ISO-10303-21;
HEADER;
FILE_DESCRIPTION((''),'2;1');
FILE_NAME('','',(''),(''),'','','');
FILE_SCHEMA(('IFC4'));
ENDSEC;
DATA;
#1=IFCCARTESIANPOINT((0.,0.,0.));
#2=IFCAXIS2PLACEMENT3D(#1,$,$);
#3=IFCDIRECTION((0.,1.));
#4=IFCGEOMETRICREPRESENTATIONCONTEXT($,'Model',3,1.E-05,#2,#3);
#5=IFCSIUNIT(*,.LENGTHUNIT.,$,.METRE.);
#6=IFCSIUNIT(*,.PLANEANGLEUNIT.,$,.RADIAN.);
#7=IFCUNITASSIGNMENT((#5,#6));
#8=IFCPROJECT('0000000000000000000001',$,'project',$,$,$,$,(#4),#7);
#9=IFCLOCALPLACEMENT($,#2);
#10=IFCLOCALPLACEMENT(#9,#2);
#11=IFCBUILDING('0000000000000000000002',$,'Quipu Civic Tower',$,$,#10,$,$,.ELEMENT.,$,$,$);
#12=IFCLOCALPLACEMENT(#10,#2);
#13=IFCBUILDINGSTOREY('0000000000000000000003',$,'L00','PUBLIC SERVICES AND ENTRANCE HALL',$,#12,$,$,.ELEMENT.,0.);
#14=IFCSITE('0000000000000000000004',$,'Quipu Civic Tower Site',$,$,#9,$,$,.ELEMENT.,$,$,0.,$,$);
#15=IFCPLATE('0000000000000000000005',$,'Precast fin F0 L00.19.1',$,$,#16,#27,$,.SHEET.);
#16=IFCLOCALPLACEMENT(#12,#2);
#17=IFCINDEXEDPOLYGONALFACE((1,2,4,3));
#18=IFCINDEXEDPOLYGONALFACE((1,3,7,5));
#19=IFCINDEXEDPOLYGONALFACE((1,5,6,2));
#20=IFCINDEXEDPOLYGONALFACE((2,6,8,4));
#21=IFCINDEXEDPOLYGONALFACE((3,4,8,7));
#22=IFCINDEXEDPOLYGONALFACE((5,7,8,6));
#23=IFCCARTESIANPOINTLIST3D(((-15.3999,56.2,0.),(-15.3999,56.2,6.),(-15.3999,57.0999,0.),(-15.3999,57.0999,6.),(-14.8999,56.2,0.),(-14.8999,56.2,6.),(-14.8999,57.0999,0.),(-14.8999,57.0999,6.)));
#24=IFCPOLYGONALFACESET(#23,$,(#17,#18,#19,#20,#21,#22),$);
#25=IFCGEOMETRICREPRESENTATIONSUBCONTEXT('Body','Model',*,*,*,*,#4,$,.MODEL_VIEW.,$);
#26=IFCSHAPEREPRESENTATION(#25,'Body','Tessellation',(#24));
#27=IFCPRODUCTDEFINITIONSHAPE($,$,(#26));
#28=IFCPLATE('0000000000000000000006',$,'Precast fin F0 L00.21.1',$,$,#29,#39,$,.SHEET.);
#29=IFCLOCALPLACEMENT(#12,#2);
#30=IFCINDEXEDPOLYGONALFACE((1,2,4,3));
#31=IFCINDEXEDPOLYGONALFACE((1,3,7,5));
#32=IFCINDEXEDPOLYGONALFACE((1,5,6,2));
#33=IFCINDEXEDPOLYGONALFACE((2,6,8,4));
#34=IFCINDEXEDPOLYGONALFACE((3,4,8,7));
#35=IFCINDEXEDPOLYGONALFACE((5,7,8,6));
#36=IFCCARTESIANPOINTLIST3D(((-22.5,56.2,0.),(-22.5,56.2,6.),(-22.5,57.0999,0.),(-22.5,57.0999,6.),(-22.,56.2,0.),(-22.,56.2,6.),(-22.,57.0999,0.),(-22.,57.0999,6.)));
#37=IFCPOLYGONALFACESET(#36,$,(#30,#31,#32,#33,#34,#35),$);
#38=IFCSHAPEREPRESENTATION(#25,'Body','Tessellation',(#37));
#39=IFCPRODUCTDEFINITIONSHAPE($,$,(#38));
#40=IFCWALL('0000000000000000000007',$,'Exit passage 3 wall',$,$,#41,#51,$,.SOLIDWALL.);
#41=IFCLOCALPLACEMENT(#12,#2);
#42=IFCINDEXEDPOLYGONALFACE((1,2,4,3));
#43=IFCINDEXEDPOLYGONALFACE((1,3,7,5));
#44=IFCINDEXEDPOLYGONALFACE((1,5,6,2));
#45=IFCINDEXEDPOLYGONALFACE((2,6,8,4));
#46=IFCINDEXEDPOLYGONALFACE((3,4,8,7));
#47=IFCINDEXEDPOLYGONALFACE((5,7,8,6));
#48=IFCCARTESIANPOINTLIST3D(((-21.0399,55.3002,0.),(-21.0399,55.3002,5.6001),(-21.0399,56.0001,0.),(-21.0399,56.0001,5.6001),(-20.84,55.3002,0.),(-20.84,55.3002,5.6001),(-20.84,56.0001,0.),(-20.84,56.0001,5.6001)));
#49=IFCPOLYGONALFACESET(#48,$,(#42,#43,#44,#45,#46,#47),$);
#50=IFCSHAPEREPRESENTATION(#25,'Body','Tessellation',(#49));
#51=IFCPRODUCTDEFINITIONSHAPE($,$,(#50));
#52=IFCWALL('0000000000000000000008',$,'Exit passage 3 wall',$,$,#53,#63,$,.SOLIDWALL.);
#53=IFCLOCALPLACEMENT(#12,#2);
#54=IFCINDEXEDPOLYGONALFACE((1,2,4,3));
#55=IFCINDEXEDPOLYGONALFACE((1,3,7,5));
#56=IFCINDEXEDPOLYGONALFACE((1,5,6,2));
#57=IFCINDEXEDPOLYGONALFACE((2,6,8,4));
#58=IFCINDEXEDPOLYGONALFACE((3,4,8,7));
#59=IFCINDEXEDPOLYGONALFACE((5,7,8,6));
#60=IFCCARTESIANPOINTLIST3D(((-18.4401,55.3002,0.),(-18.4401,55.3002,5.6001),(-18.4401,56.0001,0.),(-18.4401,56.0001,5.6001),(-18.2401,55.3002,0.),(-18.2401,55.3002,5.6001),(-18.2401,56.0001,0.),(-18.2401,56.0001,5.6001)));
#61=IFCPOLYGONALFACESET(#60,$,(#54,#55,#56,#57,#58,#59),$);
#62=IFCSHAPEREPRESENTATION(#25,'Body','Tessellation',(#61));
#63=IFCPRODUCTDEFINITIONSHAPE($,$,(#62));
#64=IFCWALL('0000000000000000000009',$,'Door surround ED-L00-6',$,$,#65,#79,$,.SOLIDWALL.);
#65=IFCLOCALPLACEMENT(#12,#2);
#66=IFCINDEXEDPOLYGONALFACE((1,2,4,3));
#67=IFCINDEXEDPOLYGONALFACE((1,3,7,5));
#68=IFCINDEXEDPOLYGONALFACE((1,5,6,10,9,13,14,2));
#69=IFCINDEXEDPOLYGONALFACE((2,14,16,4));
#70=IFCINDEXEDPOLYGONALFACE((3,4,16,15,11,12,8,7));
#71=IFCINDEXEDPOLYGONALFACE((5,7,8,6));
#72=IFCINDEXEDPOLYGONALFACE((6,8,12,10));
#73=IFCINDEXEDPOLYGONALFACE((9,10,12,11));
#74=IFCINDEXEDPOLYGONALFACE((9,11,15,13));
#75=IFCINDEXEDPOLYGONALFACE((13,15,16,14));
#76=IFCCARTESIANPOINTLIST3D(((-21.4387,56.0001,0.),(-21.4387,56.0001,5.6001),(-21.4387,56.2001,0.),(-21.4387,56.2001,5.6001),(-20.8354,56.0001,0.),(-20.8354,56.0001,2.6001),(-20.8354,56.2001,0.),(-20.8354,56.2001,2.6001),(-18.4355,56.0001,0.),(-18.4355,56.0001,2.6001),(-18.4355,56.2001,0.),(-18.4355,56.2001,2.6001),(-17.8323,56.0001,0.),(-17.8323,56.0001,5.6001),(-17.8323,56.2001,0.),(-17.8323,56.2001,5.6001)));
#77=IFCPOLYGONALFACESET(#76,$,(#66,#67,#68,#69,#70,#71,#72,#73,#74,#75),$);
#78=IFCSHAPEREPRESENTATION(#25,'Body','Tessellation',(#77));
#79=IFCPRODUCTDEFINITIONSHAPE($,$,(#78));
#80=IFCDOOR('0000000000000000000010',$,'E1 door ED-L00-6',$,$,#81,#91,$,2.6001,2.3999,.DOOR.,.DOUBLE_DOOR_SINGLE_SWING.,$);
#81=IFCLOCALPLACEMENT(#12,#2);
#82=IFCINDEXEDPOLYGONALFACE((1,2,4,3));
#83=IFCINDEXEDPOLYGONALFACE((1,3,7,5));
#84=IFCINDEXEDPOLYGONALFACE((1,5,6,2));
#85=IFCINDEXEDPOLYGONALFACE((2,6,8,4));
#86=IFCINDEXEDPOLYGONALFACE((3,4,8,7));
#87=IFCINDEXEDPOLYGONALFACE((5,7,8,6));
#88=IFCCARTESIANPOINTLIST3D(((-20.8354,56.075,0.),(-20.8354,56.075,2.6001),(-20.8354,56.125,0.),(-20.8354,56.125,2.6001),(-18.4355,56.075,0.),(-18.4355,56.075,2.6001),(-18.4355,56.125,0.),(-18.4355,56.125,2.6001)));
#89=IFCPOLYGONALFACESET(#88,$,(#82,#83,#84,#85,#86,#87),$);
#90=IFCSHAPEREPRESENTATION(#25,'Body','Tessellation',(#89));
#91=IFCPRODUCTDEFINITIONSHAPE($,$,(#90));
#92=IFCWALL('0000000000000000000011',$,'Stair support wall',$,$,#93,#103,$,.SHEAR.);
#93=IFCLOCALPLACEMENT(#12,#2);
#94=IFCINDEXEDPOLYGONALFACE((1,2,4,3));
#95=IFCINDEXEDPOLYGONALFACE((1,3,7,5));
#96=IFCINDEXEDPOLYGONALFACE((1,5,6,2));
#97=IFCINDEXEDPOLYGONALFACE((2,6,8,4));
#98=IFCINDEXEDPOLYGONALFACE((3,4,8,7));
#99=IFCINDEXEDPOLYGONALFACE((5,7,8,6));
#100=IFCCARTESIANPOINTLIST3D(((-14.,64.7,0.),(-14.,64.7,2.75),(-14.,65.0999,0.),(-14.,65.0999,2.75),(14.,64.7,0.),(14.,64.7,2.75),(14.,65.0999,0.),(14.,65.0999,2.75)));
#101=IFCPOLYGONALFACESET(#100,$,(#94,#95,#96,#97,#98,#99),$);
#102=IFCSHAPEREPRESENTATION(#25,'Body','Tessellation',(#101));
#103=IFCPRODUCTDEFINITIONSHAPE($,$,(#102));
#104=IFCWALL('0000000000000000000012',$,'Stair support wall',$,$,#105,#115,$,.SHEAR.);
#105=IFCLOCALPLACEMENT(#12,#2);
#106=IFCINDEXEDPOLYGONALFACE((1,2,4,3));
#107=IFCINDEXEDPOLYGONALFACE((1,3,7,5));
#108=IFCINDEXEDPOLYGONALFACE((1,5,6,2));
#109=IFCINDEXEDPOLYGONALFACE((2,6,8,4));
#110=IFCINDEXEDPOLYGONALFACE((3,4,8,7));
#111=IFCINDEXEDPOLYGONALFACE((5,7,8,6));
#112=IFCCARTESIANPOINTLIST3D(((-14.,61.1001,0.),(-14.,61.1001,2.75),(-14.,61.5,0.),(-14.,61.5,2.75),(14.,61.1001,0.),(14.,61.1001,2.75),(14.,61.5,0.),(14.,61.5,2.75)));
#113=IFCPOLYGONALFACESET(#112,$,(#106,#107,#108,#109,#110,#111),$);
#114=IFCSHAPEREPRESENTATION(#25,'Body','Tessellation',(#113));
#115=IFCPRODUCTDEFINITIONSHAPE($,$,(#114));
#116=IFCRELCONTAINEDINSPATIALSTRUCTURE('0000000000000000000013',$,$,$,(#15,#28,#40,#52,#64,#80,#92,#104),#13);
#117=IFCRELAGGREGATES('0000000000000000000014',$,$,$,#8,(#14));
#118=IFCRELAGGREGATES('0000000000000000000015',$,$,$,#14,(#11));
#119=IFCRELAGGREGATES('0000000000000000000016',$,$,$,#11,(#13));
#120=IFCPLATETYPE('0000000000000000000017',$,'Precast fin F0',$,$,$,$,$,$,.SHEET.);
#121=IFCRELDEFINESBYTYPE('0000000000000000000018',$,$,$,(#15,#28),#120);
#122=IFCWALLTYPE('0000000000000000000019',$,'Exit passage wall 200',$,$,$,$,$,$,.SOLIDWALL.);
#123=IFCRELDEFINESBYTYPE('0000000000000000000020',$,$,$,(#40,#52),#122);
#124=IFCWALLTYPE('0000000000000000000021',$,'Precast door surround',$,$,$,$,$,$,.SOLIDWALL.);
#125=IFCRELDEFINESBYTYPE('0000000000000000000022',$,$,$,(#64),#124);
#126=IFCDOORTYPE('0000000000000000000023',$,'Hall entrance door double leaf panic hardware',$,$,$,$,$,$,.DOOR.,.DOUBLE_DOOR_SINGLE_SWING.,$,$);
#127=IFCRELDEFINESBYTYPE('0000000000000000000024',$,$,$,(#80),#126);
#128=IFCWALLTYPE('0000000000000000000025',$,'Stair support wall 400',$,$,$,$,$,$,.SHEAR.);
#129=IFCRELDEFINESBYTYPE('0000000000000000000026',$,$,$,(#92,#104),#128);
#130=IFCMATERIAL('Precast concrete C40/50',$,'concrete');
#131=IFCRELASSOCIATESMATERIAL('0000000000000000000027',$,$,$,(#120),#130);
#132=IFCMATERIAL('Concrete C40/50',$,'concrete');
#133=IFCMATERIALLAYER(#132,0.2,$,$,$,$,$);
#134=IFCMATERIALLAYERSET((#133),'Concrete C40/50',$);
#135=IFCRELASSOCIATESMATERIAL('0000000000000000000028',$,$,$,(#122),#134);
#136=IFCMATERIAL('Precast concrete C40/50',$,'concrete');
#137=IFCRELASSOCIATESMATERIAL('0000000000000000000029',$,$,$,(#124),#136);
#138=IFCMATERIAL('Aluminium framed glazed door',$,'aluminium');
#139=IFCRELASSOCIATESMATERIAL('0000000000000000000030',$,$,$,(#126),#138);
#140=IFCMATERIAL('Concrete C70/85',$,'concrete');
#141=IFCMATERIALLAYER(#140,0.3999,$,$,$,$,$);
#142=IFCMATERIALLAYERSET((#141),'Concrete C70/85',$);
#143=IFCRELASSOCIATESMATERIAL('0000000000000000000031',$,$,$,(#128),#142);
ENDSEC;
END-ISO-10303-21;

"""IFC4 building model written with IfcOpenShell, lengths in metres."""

from ifc_helpers import new_model, si_unit, direction, frame, frame_2d, origin, origin_2d, place, context, subcontext, project, spatial, rectangle, extrude, material, layer, layer_set, type_object, element, fill, save


model = new_model("IFC4")

# Units and contexts
model_context = context("Model", 3, precision=1e-05, world=origin(), true_north=direction((0.0, 1.0)))
body_context = subcontext(model_context, "Body", "Model", "MODEL_VIEW")
ifc_project = project(units=[si_unit("LENGTHUNIT", "METRE"), si_unit("PLANEANGLEUNIT", "RADIAN")], contexts=[model_context])

# Site, building, storey
site_placement = place(None, origin())
site = spatial("IfcSite", under=ifc_project, at=site_placement, Name="Quipu Civic Tower Site", CompositionType="ELEMENT", RefElevation=0.0)
building_placement = place(site_placement, origin())
building = spatial("IfcBuilding", under=site, at=building_placement, Name="Quipu Civic Tower", CompositionType="ELEMENT")
storey_placement = place(building_placement, origin())
storey = spatial("IfcBuildingStorey", under=building, at=storey_placement, Name="L00", Description="PUBLIC SERVICES AND ENTRANCE HALL", CompositionType="ELEMENT", Elevation=0.0)

# Plates
ifc_material_1 = material(Name="Precast concrete C40/50", Category="concrete")
plate_type_1 = type_object("IfcPlateType", Name="Precast fin F0", PredefinedType="SHEET", material=ifc_material_1)
for number, where, z_axis, x_axis, name in (
    (1, (-15.1499, 56.6499, 0.0), (0.0, 0.0, 1.0), (-1.0, 0.0, 0.0), "Precast fin F0 L00.19.1"),
    (2, (-22.25, 56.6499, 0.0), (0.0, 0.0, 1.0), (-1.0, 0.0, 0.0), "Precast fin F0 L00.21.1"),
):
    element("IfcPlate", number, at=place(storey_placement, frame(where, z_axis=z_axis, x_axis=x_axis)), inside=storey, type_object=plate_type_1, Name=name, PredefinedType="SHEET", context=body_context, shape_type="SweptSolid", body=[
        extrude(rectangle(XDim=0.5, YDim=0.8999, at=origin_2d()), origin(), (0.0, 0.0, 1.0), 6.0),
    ])

# Walls
ifc_material_2 = material(Name="Concrete C40/50", Category="concrete")
ifc_layer_1 = layer(ifc_material_2, 0.2)
ifc_layer_set_1 = layer_set([ifc_layer_1], Name="Concrete C40/50")
wall_type_1 = type_object("IfcWallType", Name="Exit passage wall 200", PredefinedType="SOLIDWALL", material=ifc_layer_set_1)
for number, where, z_axis, x_axis, name in (
    (3, (-20.9399, 55.3, 0.0), (0.0, 0.0, 1.0), (0.0, 1.0, 0.0), "Exit passage 3 wall"),
    (4, (-18.3401, 55.3, 0.0), (0.0, 0.0, 1.0), (0.0, 1.0, 0.0), "Exit passage 3 wall"),
):
    element("IfcWall", number, at=place(storey_placement, frame(where, z_axis=z_axis, x_axis=x_axis)), inside=storey, type_object=wall_type_1, Name=name, PredefinedType="SOLIDWALL", context=body_context, shape_type="SweptSolid", body=[
        extrude(rectangle(XDim=0.7, YDim=0.2, at=frame_2d((0.3501, 0.0))), origin(), (0.0, 0.0, 1.0), 5.6001),
    ])

# Wall, opening, door
ifc_material_3 = material(Name="Precast concrete C40/50", Category="concrete")
wall_type_2 = type_object("IfcWallType", Name="Precast door surround", PredefinedType="SOLIDWALL", material=ifc_material_3)
wall_placement = place(storey_placement, frame((-21.4387, 56.1001, 0.0), z_axis=(0.0, 0.0, 1.0), x_axis=(1.0, 0.0, 0.0)))
wall = element("IfcWall", 5, at=wall_placement, inside=storey, type_object=wall_type_2, Name="Door surround ED-L00-6", PredefinedType="SOLIDWALL", context=body_context, shape_type="SweptSolid", body=[
    extrude(rectangle(XDim=3.6064, YDim=0.2, at=frame_2d((1.8032, 0.0))), origin(), (0.0, 0.0, 1.0), 5.6001),
])
opening_placement = place(wall_placement, frame((0.6033, 0.0, 0.0)))
opening = element("IfcOpeningElement", 6, at=opening_placement, cuts=wall, PredefinedType="OPENING", context=body_context, shape_type="SweptSolid", body=[
    extrude(rectangle(XDim=2.3999, YDim=2.6001, at=frame_2d((1.2, 1.3))), frame((0.0, 0.1099, 0.0), z_axis=(0.0, -1.0, 0.0), x_axis=(1.0, 0.0, 0.0)), (0.0, 0.0, 1.0), 0.22),
])
ifc_material_4 = material(Name="Aluminium framed glazed door", Category="aluminium")
door_type = type_object("IfcDoorType", Name="Hall entrance door double leaf panic hardware", OperationType="DOUBLE_DOOR_SINGLE_SWING", PredefinedType="DOOR", material=ifc_material_4)
door_placement = place(opening_placement, origin())
door = element("IfcDoor", 7, at=door_placement, inside=storey, type_object=door_type, Name="E1 door ED-L00-6", OperationType="DOUBLE_DOOR_SINGLE_SWING", OverallHeight=2.6001, OverallWidth=2.3999, PredefinedType="DOOR", context=body_context, shape_type="SweptSolid", body=[
    extrude(rectangle(XDim=2.3999, YDim=2.6001, at=frame_2d((1.2, 1.3))), frame((0.0, 0.0249, 0.0), z_axis=(0.0, -1.0, 0.0), x_axis=(1.0, 0.0, 0.0)), (0.0, 0.0, 1.0), 0.05),
])
fill(opening, door)

# Walls
ifc_material_5 = material(Name="Concrete C70/85", Category="concrete")
ifc_layer_2 = layer(ifc_material_5, 0.3999)
ifc_layer_set_2 = layer_set([ifc_layer_2], Name="Concrete C70/85")
wall_type_3 = type_object("IfcWallType", Name="Stair support wall 400", PredefinedType="SHEAR", material=ifc_layer_set_2)
for number, where, z_axis, x_axis, name in (
    (8, (-14.0, 64.8999, 0.0), (0.0, 0.0, 1.0), (1.0, 0.0, 0.0), "Stair support wall"),
    (9, (-14.0, 61.3, 0.0), (0.0, 0.0, 1.0), (1.0, 0.0, 0.0), "Stair support wall"),
):
    element("IfcWall", number, at=place(storey_placement, frame(where, z_axis=z_axis, x_axis=x_axis)), inside=storey, type_object=wall_type_3, Name=name, PredefinedType="SHEAR", context=body_context, shape_type="SweptSolid", body=[
        extrude(rectangle(XDim=28.0, YDim=0.3999, at=frame_2d((14.0, 0.0))), origin(), (0.0, 0.0, 1.0), 2.75),
    ])

save(model, "model.ifc")
